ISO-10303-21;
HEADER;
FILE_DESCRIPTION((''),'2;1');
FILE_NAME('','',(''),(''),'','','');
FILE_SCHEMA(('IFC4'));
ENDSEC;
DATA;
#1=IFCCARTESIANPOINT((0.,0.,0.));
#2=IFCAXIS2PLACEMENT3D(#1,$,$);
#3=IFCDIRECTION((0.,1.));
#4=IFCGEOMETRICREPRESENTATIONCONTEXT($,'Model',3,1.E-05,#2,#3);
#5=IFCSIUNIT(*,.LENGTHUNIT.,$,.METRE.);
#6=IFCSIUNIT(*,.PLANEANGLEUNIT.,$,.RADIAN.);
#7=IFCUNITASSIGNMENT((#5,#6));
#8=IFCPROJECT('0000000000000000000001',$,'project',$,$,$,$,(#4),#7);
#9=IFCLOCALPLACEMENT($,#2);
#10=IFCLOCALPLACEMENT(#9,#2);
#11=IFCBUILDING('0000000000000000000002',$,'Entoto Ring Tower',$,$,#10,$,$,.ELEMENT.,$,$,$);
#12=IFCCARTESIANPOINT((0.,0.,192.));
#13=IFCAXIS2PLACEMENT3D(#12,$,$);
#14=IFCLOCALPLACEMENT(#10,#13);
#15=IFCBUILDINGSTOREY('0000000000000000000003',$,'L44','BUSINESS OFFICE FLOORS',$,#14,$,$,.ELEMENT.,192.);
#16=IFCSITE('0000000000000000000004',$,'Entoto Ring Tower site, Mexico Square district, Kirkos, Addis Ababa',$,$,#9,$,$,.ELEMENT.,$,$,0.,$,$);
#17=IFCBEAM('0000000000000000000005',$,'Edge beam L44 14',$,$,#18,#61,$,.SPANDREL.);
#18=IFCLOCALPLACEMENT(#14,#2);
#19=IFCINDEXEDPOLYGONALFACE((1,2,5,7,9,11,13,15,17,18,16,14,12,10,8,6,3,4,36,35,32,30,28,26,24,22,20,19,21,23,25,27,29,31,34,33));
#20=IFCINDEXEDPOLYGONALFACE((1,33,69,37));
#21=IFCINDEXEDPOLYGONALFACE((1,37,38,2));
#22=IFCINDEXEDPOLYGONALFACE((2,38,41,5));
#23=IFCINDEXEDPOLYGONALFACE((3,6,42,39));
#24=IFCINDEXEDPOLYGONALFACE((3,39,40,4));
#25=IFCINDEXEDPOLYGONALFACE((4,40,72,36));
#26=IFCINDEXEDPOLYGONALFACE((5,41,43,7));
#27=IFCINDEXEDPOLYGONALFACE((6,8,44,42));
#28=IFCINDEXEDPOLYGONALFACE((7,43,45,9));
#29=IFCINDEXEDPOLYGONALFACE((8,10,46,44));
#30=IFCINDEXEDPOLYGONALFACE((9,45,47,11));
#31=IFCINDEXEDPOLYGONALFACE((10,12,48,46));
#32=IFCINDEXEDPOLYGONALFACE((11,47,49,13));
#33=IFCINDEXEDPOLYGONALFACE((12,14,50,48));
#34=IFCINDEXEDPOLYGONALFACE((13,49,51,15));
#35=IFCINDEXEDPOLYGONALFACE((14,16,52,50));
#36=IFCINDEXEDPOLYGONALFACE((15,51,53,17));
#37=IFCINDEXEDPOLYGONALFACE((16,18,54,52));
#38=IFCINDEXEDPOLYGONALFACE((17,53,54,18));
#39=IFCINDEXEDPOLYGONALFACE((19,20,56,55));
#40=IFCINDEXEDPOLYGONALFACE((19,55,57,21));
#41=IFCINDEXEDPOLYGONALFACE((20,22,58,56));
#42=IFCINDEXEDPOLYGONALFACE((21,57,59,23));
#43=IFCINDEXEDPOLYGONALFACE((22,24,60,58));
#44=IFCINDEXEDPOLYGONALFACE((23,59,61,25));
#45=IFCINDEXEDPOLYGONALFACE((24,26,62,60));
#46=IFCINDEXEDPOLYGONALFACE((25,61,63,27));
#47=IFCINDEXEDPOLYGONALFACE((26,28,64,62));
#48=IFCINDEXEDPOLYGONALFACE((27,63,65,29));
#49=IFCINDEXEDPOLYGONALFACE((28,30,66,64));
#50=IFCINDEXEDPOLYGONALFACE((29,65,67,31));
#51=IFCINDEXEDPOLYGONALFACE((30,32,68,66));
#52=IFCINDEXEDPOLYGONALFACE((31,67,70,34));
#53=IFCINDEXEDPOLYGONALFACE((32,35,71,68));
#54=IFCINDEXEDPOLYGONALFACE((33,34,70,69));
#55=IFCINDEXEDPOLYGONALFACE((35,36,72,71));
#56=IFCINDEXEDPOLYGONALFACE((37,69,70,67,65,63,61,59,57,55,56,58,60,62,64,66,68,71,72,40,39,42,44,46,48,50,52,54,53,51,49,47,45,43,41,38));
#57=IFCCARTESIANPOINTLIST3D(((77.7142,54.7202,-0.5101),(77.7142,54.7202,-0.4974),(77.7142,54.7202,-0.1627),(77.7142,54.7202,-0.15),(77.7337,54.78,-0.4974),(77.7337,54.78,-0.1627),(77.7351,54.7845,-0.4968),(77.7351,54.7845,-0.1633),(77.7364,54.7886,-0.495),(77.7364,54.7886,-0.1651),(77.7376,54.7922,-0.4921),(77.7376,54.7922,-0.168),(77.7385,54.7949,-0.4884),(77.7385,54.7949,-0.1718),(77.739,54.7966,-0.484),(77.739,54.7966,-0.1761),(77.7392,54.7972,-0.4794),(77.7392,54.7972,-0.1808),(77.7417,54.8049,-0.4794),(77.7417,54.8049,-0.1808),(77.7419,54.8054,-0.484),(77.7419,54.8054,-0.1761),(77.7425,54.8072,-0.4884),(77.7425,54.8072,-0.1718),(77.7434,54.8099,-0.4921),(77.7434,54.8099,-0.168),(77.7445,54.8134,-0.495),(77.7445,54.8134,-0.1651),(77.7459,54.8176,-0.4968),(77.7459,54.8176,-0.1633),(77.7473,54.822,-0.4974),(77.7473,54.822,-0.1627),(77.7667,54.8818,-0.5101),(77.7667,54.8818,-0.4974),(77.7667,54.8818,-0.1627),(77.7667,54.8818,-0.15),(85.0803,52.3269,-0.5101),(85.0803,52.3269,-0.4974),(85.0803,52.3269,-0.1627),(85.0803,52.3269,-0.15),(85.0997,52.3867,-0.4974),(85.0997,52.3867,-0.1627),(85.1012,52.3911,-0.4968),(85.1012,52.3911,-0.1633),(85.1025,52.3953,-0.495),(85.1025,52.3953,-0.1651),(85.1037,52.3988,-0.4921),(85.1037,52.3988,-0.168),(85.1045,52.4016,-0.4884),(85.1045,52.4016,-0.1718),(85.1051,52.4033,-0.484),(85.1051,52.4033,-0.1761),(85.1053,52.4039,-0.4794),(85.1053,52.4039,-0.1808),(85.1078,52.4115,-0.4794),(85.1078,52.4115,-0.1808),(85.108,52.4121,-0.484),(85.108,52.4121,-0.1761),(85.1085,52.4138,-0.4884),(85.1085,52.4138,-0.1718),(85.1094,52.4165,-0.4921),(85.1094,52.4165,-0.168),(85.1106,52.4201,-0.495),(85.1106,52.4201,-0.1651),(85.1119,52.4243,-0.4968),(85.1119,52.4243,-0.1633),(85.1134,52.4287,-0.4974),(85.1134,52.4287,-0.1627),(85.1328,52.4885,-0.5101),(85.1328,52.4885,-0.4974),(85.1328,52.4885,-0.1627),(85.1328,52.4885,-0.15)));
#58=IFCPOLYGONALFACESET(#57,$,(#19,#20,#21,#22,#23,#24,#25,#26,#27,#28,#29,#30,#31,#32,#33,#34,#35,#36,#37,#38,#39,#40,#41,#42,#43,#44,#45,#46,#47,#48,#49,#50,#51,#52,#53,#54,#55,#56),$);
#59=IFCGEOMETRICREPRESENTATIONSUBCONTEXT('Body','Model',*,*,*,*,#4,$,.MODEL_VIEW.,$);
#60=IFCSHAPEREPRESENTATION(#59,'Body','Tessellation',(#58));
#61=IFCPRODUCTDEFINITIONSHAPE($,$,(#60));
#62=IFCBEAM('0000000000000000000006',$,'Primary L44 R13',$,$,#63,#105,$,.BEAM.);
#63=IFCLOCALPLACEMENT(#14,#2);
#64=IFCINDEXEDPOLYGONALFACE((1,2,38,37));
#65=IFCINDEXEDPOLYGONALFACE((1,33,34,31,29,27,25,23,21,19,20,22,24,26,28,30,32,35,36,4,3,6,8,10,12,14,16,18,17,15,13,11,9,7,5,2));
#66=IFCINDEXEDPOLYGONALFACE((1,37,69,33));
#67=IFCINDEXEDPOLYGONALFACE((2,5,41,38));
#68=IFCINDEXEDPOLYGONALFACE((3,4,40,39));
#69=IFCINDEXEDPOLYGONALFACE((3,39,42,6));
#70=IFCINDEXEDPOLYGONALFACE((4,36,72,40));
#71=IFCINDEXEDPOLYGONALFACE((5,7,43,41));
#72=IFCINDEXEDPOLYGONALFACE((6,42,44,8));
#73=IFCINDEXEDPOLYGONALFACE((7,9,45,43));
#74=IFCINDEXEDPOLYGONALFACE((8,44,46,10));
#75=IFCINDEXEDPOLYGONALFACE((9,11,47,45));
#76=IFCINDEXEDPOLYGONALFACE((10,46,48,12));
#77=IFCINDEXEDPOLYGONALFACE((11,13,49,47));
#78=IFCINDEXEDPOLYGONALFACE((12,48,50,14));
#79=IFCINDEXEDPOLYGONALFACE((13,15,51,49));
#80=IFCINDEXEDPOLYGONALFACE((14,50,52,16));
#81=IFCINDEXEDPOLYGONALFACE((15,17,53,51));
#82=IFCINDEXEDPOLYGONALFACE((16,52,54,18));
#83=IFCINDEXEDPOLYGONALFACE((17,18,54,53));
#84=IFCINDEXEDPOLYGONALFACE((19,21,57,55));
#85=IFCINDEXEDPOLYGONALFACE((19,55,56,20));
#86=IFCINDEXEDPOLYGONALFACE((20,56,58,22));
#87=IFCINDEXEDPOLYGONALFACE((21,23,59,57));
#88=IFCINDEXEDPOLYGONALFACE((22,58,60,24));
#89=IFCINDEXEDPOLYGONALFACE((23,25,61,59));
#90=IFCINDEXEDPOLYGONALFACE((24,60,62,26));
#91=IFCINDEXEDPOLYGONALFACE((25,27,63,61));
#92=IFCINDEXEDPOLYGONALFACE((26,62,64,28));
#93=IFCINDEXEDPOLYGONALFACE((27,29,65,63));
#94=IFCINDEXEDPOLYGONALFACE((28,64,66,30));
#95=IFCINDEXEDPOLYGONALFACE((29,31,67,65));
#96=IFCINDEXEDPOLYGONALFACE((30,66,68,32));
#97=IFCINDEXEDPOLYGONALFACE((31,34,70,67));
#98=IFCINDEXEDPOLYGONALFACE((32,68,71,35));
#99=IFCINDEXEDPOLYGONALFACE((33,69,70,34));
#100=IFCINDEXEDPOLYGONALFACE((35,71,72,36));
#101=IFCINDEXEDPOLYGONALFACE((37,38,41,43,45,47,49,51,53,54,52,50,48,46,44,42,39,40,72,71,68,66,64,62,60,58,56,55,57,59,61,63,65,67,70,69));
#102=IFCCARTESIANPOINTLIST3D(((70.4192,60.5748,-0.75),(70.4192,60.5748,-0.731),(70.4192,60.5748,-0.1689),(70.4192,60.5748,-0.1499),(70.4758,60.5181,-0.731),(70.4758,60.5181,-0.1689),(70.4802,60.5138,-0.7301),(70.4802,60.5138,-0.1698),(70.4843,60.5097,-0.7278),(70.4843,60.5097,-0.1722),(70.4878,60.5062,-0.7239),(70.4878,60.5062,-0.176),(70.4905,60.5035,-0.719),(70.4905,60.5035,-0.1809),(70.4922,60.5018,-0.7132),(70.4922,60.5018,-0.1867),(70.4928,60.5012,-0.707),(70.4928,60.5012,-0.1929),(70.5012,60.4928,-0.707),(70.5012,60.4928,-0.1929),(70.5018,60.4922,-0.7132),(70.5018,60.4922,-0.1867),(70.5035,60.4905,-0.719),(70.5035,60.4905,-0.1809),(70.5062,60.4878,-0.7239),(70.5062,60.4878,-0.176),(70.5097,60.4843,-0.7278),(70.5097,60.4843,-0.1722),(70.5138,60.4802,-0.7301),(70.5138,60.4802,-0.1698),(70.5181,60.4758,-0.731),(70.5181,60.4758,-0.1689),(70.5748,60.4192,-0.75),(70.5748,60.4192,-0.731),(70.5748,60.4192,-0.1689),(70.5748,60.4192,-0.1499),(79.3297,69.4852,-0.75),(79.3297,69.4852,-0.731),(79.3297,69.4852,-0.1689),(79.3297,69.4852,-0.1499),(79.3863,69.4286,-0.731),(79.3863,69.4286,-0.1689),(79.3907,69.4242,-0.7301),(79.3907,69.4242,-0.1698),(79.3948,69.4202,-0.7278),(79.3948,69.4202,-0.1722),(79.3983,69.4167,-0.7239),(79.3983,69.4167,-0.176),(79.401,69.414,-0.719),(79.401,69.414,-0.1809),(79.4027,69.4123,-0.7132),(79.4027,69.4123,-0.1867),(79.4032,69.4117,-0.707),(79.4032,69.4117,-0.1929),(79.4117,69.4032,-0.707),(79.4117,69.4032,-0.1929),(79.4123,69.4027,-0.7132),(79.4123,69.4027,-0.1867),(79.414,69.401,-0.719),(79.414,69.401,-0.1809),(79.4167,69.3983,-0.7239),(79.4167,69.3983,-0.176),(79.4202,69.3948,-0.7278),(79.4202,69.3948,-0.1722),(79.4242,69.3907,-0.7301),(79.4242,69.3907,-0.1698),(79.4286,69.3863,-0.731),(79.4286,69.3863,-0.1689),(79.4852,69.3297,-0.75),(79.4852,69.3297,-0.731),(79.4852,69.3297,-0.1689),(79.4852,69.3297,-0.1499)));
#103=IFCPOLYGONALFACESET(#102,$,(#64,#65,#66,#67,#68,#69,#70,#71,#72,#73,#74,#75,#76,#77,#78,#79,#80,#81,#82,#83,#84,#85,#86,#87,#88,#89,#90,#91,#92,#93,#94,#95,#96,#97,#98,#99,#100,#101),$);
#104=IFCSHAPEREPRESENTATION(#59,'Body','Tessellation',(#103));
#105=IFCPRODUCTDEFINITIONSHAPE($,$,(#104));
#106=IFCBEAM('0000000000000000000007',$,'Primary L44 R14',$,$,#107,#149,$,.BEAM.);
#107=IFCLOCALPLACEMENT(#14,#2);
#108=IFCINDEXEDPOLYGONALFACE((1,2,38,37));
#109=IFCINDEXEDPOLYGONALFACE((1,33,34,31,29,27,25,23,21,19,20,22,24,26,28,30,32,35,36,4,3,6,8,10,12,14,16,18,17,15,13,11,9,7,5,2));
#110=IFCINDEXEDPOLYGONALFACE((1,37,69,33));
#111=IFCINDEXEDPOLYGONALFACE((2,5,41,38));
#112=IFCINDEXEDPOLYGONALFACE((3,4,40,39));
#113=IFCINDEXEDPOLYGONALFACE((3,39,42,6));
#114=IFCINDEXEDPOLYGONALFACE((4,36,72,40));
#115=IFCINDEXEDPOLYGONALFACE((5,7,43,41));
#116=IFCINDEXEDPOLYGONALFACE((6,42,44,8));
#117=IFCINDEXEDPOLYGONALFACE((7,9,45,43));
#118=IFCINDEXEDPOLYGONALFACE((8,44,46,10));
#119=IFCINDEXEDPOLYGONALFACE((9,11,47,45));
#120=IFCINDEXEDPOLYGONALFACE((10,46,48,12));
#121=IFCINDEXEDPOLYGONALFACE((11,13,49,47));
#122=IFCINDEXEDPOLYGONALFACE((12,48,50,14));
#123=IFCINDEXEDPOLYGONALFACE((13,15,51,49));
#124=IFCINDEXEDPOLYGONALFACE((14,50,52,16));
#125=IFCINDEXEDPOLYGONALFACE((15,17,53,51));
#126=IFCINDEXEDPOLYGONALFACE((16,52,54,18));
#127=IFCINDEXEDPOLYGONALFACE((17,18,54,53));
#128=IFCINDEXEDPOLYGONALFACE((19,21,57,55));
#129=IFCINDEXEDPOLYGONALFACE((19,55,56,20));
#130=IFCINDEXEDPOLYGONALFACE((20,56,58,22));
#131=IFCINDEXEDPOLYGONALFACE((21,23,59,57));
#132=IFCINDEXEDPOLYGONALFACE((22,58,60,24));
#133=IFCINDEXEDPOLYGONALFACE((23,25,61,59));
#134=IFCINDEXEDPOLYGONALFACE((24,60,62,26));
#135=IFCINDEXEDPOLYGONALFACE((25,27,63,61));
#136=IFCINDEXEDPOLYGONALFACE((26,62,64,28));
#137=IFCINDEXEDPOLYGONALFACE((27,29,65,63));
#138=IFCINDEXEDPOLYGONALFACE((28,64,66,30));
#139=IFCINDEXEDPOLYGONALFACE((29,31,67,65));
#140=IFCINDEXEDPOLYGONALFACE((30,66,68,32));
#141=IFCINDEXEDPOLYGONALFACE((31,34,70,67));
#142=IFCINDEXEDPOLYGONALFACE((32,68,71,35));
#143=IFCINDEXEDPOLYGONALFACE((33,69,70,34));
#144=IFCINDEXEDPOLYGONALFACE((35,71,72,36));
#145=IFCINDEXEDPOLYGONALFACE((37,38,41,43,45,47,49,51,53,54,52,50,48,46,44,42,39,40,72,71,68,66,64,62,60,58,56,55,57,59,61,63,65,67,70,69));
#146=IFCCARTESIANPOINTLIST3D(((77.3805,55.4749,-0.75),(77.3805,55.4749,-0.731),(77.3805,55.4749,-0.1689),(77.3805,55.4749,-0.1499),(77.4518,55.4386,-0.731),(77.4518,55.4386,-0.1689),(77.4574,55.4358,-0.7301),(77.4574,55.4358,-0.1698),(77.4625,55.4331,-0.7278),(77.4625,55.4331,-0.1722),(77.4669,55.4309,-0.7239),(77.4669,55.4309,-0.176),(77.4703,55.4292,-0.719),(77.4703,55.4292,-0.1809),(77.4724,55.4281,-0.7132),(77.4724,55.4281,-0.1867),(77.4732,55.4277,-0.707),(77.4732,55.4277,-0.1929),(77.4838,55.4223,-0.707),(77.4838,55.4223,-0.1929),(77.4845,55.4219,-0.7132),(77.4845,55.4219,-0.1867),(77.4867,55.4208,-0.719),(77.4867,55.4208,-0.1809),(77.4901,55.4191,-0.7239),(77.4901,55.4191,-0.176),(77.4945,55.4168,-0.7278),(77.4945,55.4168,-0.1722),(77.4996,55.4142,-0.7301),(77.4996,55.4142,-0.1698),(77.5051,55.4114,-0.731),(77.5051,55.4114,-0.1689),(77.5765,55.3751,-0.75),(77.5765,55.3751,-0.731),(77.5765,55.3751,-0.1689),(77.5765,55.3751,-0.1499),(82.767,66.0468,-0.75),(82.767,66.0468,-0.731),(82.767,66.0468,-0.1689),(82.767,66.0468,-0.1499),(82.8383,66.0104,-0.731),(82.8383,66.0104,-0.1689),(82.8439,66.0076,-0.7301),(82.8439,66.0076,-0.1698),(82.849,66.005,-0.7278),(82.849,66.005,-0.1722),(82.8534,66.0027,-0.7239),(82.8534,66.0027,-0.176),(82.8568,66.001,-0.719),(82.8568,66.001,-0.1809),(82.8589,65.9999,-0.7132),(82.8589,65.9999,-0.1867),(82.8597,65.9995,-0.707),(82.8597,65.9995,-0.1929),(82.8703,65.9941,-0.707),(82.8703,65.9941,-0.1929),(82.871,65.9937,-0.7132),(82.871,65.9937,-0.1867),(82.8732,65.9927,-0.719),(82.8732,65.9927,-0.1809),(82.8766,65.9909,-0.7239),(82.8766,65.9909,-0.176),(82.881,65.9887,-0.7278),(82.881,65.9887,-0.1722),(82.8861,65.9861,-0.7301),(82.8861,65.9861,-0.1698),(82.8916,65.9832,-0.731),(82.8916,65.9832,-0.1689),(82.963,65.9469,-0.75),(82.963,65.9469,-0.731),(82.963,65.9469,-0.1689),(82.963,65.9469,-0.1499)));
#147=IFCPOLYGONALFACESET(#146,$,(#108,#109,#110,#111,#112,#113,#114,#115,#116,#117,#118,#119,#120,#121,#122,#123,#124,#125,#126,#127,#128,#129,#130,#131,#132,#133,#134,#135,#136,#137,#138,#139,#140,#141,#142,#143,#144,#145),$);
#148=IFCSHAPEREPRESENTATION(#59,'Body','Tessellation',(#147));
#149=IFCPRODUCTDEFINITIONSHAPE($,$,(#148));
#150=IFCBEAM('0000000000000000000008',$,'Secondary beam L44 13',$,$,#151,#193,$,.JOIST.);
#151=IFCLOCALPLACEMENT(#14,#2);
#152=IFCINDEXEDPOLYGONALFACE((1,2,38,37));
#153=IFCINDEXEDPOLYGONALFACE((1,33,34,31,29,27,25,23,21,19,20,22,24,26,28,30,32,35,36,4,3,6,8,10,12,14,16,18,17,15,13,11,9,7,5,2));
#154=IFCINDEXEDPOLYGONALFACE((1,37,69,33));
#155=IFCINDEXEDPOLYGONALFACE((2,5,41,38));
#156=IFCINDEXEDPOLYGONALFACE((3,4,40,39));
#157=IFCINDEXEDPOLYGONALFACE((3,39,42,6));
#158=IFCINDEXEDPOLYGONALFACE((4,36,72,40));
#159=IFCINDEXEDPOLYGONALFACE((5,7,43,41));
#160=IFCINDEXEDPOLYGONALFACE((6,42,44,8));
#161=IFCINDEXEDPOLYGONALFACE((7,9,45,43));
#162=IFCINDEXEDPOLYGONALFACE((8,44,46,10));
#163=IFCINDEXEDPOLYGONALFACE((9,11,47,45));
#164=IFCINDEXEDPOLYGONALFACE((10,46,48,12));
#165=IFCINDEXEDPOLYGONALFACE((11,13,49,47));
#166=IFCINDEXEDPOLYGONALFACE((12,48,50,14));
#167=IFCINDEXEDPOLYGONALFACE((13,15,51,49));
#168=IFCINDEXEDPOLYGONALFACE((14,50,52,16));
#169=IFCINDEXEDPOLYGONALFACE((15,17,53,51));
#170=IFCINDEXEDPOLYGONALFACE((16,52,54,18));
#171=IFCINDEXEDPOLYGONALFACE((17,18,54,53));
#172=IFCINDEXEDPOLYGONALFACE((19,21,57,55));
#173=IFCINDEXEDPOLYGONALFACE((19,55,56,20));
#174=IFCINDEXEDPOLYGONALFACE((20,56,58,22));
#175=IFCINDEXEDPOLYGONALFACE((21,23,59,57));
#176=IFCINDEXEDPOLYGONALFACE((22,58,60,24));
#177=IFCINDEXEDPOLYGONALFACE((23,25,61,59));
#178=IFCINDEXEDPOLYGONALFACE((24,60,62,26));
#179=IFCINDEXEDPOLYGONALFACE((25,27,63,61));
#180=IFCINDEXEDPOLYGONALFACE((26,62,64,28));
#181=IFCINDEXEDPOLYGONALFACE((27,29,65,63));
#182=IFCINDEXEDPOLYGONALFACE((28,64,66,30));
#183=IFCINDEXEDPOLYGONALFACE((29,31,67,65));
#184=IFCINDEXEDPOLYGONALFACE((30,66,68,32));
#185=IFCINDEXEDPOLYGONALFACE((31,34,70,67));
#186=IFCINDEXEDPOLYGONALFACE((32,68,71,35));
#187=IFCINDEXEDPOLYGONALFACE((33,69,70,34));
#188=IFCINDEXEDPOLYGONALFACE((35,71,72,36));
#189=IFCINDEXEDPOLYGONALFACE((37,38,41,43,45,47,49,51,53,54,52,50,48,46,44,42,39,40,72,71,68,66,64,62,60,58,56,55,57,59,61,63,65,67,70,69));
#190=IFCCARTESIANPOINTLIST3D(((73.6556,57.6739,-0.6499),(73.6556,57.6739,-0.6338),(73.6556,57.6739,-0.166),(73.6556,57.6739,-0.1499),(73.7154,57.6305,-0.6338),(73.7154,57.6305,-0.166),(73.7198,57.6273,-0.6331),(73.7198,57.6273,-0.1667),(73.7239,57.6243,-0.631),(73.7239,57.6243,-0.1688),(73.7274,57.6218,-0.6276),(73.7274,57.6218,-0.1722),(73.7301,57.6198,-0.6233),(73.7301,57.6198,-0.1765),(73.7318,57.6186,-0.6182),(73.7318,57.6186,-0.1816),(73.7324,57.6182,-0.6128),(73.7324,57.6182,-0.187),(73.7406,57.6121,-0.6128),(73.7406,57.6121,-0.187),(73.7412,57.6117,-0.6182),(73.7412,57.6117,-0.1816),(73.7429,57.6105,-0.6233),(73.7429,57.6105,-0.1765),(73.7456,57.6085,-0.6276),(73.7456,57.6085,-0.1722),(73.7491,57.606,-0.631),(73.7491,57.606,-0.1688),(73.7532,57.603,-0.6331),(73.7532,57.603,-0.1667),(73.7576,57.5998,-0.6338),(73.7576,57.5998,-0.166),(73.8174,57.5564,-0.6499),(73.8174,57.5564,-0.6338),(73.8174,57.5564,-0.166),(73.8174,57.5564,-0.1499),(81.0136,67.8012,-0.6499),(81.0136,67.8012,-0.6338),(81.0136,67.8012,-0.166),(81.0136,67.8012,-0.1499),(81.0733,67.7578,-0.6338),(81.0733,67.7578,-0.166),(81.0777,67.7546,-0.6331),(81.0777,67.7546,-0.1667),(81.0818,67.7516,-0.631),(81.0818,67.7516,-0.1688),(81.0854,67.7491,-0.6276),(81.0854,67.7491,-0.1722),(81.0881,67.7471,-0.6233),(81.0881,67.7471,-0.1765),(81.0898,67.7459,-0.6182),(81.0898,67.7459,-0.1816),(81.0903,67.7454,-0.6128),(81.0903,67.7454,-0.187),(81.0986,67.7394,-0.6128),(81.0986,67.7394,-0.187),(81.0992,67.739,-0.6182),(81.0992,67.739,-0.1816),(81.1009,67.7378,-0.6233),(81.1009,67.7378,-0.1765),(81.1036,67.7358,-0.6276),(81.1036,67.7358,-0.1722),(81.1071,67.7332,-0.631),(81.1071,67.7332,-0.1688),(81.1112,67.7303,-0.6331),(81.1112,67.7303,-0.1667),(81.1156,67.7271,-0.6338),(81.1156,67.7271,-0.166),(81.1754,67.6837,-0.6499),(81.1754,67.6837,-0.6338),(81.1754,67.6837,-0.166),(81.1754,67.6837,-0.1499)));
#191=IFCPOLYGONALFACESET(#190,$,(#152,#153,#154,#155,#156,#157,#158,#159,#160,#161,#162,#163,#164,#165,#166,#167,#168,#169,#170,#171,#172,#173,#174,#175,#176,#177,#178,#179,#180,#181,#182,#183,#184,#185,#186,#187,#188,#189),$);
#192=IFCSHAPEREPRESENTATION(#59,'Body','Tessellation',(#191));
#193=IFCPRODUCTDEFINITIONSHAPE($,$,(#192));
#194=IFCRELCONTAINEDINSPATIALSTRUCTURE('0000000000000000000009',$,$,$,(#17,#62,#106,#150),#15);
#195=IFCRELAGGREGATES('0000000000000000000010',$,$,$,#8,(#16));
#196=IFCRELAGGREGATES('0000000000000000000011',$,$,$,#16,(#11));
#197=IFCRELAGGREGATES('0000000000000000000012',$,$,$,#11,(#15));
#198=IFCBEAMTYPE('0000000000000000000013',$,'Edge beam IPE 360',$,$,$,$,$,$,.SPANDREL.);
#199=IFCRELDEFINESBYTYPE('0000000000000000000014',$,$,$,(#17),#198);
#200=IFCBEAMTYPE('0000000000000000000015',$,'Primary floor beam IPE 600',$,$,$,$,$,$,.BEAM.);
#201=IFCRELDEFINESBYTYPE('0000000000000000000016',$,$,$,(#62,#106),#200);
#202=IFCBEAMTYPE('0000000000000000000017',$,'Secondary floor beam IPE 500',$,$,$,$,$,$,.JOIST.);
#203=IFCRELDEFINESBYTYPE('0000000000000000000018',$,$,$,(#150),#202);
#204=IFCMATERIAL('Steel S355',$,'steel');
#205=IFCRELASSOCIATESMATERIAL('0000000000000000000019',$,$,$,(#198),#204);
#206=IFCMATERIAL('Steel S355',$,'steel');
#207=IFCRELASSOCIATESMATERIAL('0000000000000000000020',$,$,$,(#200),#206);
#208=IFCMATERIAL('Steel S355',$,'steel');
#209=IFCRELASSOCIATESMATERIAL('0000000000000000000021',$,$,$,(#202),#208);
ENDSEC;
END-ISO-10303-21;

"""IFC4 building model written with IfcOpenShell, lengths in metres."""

from ifc_helpers import new_model, si_unit, direction, frame, origin, origin_2d, place, context, subcontext, project, spatial, i_section, extrude, material, material_profile, profile_set, type_object, element, save


model = new_model("IFC4")

# Units and contexts
model_context = context("Model", 3, precision=1e-05, world=origin(), true_north=direction((0.0, 1.0)))
body_context = subcontext(model_context, "Body", "Model", "MODEL_VIEW")
ifc_project = project(units=[si_unit("LENGTHUNIT", "METRE"), si_unit("PLANEANGLEUNIT", "RADIAN")], contexts=[model_context])

# Site, building, storey
site_placement = place(None, origin())
site = spatial("IfcSite", under=ifc_project, at=site_placement, Name="Entoto Ring Tower site, Mexico Square district, Kirkos, Addis Ababa", CompositionType="ELEMENT", RefElevation=0.0)
building_placement = place(site_placement, origin())
building = spatial("IfcBuilding", under=site, at=building_placement, Name="Entoto Ring Tower", CompositionType="ELEMENT")
storey_placement = place(building_placement, frame((0.0, 0.0, 192.0)))
storey = spatial("IfcBuildingStorey", under=building, at=storey_placement, Name="L44", Description="BUSINESS OFFICE FLOORS", CompositionType="ELEMENT", Elevation=192.0)

# Beams
ifc_material_1 = material(Name="Steel S355", Category="steel")
ifc_material_profile_1 = material_profile(ifc_material_1, i_section(OverallWidth=0.1699, OverallDepth=0.3601, WebThickness=0.0081, FlangeThickness=0.0127, FilletRadius=0.0181, at=origin_2d()), Name="IPE 360")
ifc_profile_set_1 = profile_set([ifc_material_profile_1], Name="Steel S355")
beam_type_1 = type_object("IfcBeamType", Name="Edge beam IPE 360", PredefinedType="SPANDREL", material=ifc_profile_set_1)
for number, where, z_axis, x_axis, name in (
    (1, (77.7405, 54.801, -0.3301), (0.951058, -0.309013, 0.0), (0.309013, 0.951058, 0.0), "Edge beam L44 14"),
):
    element("IfcBeam", number, at=place(storey_placement, frame(where, z_axis=z_axis, x_axis=x_axis)), inside=storey, type_object=beam_type_1, Name=name, PredefinedType="SPANDREL", context=body_context, shape_type="SweptSolid", body=[
        extrude(i_section(OverallWidth=0.1699, OverallDepth=0.3601, WebThickness=0.0081, FlangeThickness=0.0127, FilletRadius=0.0181, at=origin_2d()), origin(), (0.0, 0.0, 1.0), 7.7451),
    ])
ifc_material_2 = material(Name="Steel S355", Category="steel")
ifc_material_profile_2 = material_profile(ifc_material_2, i_section(OverallWidth=0.22, OverallDepth=0.6001, WebThickness=0.012, FlangeThickness=0.019, FilletRadius=0.0239, at=origin_2d()), Name="IPE 600")
ifc_profile_set_2 = profile_set([ifc_material_profile_2], Name="Steel S355")
beam_type_2 = type_object("IfcBeamType", Name="Primary floor beam IPE 600", PredefinedType="BEAM", material=ifc_profile_set_2)
beam_1_placement = place(storey_placement, frame((79.4075, 69.4075, -0.45), z_axis=(-0.707107, -0.707107, 0.0), x_axis=(0.707107, -0.707107, 0.0)))
element("IfcBeam", 2, at=beam_1_placement, inside=storey, type_object=beam_type_2, Name="Primary L44 R13", PredefinedType="BEAM", context=body_context, shape_type="SweptSolid", body=[
    extrude(i_section(OverallWidth=0.22, OverallDepth=0.6001, WebThickness=0.012, FlangeThickness=0.019, FilletRadius=0.0239, at=origin_2d()), origin(), (0.0, 0.0, 1.0), 12.6013),
])
beam_2_placement = place(storey_placement, frame((82.865, 65.9968, -0.45), z_axis=(-0.453983, -0.89101, 0.0), x_axis=(0.89101, -0.453983, 0.0)))
element("IfcBeam", 3, at=beam_2_placement, inside=storey, type_object=beam_type_2, Name="Primary L44 R14", PredefinedType="BEAM", context=body_context, shape_type="SweptSolid", body=[
    extrude(i_section(OverallWidth=0.22, OverallDepth=0.6001, WebThickness=0.012, FlangeThickness=0.019, FilletRadius=0.0239, at=origin_2d()), origin(), (0.0, 0.0, 1.0), 11.865),
])
ifc_material_3 = material(Name="Steel S355", Category="steel")
ifc_material_profile_3 = material_profile(ifc_material_3, i_section(OverallWidth=0.2, OverallDepth=0.5, WebThickness=0.0103, FlangeThickness=0.0161, FilletRadius=0.021, at=origin_2d()), Name="IPE 500")
ifc_profile_set_3 = profile_set([ifc_material_profile_3], Name="Steel S355")
beam_type_3 = type_object("IfcBeamType", Name="Secondary floor beam IPE 500", PredefinedType="JOIST", material=ifc_profile_set_3)
beam_3_placement = place(storey_placement, frame((81.0945, 67.7424, -0.3999), z_axis=(-0.587789, -0.809014, 0.0), x_axis=(0.809014, -0.587789, 0.0)))
element("IfcBeam", 4, at=beam_3_placement, inside=storey, type_object=beam_type_3, Name="Secondary beam L44 13", PredefinedType="JOIST", context=body_context, shape_type="SweptSolid", body=[
    extrude(i_section(OverallWidth=0.2, OverallDepth=0.5, WebThickness=0.0103, FlangeThickness=0.0161, FilletRadius=0.021, at=origin_2d()), origin(), (0.0, 0.0, 1.0), 12.5181),
])

save(model, "model.ifc")
